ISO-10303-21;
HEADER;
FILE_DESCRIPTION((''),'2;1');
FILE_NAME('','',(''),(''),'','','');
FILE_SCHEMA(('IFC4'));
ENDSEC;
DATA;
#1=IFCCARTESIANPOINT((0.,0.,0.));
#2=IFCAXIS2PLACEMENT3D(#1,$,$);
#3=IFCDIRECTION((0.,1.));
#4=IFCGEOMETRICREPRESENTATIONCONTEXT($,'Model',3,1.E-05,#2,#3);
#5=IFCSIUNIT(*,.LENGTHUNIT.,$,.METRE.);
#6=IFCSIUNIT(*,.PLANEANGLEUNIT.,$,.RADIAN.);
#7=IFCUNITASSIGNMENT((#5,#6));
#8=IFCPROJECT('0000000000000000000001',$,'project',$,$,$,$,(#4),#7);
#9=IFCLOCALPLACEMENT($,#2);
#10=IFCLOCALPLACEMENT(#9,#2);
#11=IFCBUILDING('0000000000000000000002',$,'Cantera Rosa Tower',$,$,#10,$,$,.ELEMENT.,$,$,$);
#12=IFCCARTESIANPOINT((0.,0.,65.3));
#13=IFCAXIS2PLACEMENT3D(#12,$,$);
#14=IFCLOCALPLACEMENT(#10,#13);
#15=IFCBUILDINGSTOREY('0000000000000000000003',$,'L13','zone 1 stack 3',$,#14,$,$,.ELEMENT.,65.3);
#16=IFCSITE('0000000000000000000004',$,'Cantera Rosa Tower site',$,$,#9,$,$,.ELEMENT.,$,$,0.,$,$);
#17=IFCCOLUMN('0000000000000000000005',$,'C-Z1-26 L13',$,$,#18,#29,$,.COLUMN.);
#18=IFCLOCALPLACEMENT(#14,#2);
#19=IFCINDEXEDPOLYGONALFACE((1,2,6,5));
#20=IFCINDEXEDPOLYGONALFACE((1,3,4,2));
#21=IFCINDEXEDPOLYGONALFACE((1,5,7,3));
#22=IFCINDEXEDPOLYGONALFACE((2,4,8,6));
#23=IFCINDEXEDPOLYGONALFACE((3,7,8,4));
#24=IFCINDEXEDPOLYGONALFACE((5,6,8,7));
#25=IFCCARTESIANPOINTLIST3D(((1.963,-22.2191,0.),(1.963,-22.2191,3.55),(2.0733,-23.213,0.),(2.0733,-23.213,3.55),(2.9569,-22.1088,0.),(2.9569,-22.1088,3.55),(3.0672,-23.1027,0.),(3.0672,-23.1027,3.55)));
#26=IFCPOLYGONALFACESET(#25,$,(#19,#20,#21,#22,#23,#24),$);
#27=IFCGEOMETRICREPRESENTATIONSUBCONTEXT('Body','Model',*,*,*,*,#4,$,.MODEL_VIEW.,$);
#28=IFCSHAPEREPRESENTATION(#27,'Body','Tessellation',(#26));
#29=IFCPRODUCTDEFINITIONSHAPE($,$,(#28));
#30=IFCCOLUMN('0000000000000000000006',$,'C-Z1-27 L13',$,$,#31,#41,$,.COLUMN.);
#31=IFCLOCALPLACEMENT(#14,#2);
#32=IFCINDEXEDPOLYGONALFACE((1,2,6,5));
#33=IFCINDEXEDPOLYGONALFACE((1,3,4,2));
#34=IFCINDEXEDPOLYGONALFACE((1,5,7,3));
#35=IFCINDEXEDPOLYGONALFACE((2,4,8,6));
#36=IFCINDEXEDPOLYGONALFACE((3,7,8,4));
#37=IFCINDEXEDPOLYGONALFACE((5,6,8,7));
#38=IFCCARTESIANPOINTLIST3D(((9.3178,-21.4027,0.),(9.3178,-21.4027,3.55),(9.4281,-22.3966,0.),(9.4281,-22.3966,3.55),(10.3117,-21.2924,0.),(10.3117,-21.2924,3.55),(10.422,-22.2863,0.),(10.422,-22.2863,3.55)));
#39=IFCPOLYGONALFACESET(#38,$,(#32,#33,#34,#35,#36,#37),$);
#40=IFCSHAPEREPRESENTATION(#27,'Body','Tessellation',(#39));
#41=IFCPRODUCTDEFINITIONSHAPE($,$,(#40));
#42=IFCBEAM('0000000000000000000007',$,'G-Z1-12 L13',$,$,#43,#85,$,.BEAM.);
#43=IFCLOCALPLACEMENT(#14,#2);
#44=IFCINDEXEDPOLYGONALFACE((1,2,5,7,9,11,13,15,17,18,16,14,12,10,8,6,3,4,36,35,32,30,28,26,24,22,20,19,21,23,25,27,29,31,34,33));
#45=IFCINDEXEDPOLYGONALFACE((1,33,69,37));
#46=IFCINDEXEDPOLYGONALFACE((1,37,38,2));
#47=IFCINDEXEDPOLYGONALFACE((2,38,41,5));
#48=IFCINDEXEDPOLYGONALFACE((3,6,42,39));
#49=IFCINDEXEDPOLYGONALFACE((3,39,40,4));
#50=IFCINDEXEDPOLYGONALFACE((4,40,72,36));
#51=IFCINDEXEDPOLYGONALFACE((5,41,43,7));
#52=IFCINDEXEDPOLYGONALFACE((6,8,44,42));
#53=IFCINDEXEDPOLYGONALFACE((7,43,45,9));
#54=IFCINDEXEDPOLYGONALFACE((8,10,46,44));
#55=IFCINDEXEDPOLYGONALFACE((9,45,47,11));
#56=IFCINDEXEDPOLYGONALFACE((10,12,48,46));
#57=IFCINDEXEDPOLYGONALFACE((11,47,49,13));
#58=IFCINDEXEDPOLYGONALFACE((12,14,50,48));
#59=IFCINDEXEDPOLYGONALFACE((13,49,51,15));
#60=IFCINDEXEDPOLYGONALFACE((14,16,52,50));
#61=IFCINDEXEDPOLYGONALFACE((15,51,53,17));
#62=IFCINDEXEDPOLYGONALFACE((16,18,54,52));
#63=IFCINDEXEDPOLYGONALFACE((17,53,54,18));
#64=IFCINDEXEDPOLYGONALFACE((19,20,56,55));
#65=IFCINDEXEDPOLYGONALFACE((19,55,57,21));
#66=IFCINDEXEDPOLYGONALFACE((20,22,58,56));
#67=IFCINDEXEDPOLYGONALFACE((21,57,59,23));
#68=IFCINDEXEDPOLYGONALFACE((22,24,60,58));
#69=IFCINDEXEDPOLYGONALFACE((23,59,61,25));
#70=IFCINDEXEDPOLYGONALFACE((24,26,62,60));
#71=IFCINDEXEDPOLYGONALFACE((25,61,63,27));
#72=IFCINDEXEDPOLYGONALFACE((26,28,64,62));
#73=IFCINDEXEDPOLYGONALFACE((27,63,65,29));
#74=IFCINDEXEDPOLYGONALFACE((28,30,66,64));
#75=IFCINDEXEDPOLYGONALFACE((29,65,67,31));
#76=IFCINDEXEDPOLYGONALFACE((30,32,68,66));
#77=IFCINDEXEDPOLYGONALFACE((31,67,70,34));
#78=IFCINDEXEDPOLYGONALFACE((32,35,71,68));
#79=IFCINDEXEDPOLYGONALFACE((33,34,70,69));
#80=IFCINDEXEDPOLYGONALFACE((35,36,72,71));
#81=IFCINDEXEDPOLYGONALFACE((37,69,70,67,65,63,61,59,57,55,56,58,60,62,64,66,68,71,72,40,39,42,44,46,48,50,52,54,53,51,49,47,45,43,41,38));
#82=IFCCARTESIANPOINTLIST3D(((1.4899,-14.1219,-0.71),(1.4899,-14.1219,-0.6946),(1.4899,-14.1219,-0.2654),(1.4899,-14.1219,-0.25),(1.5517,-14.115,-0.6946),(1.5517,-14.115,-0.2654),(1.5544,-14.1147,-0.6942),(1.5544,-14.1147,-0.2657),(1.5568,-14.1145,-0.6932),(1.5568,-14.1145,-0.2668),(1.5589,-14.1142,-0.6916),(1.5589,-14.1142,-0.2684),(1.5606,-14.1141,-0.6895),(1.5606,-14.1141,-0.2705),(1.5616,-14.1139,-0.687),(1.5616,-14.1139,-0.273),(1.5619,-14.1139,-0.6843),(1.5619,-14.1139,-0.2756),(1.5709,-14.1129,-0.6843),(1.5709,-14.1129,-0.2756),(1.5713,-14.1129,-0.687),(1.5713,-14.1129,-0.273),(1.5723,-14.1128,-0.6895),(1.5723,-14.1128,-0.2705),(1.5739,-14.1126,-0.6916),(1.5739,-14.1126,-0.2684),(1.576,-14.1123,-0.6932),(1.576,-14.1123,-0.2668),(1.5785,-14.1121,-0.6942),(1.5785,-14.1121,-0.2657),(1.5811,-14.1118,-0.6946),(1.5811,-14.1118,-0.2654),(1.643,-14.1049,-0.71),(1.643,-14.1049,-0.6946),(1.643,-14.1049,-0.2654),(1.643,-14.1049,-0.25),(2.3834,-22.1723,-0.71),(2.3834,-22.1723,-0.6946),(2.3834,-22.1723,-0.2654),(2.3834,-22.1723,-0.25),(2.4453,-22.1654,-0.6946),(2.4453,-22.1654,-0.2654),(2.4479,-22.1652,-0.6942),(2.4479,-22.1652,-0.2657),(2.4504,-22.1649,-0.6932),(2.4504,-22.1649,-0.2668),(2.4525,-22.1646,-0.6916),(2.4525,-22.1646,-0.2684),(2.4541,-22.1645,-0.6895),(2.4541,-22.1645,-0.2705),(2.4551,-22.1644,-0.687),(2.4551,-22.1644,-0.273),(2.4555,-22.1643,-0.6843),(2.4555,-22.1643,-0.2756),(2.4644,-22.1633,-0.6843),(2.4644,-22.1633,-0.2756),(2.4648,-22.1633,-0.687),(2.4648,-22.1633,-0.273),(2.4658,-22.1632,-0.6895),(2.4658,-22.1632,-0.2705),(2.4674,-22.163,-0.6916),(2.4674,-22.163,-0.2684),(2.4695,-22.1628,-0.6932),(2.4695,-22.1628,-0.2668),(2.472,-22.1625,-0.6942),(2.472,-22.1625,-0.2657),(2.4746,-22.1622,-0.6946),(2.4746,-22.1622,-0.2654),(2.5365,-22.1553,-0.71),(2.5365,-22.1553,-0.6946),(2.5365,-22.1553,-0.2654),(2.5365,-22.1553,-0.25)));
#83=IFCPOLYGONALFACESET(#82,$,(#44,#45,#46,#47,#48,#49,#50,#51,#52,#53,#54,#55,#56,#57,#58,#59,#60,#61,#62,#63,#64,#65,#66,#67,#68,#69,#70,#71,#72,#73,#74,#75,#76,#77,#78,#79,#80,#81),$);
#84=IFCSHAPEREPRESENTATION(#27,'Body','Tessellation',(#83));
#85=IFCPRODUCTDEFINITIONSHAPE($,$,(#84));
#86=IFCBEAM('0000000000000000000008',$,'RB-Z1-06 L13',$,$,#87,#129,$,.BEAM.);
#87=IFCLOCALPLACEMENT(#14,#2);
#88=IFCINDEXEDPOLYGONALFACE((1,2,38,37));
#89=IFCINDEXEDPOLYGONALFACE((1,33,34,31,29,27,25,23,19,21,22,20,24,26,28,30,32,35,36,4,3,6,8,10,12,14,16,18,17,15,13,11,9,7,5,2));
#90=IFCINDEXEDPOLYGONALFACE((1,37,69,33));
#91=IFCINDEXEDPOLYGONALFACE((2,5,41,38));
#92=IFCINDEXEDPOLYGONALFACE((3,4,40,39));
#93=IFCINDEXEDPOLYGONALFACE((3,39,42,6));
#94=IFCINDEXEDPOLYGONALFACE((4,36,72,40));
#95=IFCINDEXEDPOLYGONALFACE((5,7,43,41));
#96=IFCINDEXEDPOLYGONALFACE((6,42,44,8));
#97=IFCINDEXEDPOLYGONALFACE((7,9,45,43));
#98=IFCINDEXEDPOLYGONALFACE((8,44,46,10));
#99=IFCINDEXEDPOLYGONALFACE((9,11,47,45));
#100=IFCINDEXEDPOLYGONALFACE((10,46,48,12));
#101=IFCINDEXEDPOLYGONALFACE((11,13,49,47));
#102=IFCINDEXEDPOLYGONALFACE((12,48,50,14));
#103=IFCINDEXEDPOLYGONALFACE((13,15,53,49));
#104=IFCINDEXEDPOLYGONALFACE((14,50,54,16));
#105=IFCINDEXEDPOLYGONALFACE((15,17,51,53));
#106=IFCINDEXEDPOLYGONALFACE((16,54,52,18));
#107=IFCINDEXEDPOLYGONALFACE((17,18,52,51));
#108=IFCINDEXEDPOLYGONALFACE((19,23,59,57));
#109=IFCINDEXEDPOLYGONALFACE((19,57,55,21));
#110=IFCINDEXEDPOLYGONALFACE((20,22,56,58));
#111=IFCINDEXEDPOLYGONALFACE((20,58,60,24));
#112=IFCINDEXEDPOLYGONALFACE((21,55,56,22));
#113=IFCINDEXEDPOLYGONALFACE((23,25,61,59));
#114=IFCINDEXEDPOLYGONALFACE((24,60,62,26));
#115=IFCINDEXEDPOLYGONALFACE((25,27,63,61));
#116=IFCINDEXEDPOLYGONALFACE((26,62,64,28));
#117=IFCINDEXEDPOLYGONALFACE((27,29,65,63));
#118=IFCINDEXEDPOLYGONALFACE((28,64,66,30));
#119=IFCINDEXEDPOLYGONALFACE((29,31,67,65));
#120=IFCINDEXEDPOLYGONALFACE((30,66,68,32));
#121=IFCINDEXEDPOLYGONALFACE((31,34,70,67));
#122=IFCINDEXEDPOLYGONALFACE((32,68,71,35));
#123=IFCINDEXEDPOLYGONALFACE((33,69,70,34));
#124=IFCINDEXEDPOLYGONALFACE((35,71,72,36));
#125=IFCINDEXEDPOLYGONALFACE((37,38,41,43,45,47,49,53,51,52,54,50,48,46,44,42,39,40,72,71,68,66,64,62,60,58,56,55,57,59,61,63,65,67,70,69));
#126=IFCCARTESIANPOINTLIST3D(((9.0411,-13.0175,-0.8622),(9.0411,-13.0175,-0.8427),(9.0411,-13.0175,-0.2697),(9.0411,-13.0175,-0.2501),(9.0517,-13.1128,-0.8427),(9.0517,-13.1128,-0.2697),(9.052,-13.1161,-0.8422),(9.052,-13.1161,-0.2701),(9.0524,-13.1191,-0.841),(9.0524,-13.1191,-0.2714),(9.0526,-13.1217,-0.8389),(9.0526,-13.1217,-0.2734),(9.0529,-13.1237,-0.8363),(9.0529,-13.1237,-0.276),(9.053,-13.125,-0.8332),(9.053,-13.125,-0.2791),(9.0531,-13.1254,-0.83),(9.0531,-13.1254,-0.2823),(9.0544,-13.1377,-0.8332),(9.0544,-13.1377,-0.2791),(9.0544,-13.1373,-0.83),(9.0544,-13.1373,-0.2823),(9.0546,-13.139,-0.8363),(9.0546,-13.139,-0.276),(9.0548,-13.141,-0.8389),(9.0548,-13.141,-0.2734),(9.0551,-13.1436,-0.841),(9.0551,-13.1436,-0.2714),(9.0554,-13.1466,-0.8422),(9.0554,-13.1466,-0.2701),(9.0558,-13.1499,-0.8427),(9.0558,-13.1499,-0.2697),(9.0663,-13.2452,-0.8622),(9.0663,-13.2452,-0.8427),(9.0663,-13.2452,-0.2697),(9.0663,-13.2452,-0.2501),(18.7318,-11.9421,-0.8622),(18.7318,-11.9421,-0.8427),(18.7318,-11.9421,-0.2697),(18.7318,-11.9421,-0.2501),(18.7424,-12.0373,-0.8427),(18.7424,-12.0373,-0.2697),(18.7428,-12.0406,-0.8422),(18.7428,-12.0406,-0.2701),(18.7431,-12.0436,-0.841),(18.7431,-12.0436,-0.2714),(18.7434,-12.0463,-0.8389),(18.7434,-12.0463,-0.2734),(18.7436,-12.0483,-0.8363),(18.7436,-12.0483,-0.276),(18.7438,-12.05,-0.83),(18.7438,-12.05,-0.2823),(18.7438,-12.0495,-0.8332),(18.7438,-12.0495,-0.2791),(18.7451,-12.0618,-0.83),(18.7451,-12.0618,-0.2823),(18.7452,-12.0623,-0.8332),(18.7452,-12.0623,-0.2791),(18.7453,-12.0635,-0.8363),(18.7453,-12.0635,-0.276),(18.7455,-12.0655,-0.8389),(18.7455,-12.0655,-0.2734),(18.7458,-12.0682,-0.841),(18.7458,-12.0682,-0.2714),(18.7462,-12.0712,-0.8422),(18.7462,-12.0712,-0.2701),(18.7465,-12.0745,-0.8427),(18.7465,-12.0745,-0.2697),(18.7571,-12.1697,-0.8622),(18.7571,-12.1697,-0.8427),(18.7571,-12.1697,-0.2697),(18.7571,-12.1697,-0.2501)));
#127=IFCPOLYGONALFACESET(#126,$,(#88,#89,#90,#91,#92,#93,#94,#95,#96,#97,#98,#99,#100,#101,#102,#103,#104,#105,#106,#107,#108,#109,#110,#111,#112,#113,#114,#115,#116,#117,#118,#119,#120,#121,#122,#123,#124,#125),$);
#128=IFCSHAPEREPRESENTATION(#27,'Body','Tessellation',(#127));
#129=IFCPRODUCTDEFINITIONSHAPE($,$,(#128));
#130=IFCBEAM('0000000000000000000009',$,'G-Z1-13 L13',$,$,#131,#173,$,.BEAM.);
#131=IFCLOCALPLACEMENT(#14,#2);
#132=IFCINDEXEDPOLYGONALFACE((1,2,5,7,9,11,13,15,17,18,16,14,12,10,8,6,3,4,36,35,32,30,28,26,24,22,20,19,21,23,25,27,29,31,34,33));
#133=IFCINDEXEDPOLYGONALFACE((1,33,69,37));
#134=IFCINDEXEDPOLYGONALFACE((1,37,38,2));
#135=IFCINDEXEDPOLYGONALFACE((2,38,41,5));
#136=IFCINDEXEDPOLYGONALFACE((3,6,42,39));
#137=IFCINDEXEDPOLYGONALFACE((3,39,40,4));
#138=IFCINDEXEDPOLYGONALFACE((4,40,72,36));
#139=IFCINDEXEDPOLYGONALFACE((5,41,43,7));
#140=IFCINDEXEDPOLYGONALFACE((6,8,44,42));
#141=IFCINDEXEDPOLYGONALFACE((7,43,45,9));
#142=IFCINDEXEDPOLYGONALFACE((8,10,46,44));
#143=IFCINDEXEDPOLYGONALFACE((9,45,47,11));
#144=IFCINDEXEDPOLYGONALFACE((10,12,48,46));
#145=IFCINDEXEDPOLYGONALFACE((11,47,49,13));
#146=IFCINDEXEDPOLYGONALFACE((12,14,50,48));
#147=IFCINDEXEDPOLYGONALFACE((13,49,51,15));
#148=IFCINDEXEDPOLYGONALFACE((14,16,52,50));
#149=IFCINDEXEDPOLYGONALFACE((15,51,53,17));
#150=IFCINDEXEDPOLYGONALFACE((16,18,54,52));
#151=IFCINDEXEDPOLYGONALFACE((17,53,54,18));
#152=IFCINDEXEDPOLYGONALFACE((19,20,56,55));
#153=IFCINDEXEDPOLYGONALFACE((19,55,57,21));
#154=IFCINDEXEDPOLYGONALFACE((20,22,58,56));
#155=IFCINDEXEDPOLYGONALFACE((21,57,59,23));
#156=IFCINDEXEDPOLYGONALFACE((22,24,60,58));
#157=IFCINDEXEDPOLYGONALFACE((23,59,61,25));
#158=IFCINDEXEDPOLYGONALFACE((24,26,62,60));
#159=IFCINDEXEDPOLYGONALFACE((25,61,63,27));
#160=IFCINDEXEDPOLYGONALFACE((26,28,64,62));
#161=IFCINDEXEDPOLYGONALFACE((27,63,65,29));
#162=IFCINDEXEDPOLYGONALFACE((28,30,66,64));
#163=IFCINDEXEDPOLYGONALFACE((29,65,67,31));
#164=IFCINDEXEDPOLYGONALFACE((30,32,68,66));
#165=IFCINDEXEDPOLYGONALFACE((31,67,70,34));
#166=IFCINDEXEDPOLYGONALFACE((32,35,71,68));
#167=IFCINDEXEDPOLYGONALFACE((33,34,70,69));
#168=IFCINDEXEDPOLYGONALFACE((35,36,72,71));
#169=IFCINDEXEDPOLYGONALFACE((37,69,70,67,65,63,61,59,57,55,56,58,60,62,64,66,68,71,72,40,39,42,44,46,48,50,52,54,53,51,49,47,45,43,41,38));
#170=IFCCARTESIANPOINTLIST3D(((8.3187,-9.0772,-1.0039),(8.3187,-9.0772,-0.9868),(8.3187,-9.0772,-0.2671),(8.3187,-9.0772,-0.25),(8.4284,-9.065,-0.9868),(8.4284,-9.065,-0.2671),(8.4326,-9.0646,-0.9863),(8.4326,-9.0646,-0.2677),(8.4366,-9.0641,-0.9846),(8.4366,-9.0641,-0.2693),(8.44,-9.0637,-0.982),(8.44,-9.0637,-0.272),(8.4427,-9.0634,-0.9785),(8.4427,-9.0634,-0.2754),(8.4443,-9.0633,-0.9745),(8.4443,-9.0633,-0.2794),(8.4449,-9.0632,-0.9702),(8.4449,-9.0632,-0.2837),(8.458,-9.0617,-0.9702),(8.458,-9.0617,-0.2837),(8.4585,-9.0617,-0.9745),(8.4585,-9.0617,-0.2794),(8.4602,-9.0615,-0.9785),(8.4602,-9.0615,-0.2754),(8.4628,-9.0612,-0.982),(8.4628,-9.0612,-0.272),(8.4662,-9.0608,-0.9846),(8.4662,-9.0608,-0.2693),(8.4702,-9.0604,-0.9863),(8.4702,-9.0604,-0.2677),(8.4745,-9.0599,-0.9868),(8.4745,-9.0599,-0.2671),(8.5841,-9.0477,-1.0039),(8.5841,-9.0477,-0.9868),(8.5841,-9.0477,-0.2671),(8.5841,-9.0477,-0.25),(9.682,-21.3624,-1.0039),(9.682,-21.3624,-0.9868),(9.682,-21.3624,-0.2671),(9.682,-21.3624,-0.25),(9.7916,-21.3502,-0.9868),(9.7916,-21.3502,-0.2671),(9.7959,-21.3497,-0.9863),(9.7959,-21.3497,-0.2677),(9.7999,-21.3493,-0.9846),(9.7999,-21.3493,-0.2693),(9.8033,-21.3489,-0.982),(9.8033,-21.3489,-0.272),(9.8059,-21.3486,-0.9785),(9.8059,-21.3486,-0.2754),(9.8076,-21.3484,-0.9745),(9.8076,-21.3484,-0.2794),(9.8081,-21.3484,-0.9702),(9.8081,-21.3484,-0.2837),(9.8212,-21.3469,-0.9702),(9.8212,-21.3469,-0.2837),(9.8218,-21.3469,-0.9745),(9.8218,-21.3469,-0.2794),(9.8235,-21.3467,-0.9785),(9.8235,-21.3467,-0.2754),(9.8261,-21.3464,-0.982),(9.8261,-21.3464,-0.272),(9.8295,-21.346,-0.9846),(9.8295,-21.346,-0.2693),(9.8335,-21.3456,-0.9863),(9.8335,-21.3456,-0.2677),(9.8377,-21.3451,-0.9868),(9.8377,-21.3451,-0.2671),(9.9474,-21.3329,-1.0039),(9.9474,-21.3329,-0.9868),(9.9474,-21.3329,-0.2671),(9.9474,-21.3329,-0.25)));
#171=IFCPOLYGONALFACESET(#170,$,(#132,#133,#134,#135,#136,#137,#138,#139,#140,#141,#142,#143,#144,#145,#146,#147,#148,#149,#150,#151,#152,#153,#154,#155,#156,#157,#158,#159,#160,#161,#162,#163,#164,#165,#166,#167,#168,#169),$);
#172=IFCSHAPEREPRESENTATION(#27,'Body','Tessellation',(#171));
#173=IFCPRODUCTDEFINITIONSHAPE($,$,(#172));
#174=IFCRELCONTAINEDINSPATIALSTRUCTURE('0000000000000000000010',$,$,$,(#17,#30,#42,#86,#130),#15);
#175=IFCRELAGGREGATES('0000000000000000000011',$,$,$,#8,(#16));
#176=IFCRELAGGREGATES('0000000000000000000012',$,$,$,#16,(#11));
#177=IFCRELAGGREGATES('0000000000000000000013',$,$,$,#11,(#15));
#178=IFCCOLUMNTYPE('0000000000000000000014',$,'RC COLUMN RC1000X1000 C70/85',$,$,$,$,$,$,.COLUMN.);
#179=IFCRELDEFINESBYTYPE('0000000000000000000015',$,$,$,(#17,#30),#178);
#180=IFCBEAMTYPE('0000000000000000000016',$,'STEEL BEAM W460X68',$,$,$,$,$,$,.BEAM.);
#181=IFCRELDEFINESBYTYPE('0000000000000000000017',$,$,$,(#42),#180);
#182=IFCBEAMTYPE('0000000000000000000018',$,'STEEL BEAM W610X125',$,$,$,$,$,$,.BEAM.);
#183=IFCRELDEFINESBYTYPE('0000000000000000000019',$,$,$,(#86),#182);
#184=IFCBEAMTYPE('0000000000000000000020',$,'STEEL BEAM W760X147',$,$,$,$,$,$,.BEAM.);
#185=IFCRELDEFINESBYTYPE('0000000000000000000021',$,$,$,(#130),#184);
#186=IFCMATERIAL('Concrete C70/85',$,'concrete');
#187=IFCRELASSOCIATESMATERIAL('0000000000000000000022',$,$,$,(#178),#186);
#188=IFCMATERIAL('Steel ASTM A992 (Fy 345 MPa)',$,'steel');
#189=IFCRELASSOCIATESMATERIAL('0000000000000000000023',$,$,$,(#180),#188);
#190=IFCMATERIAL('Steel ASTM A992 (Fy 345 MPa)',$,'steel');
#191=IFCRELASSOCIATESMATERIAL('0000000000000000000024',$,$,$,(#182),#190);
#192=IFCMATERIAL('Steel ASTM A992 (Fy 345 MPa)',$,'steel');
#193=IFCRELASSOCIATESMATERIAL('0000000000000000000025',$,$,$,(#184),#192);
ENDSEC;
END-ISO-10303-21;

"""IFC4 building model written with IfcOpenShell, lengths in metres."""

from ifc_helpers import new_model, si_unit, direction, frame, origin, origin_2d, place, context, subcontext, project, spatial, rectangle, i_section, extrude, material, material_profile, profile_set, type_object, element, save


model = new_model("IFC4")

# Units and contexts
model_context = context("Model", 3, precision=1e-05, world=origin(), true_north=direction((0.0, 1.0)))
body_context = subcontext(model_context, "Body", "Model", "MODEL_VIEW")
ifc_project = project(units=[si_unit("LENGTHUNIT", "METRE"), si_unit("PLANEANGLEUNIT", "RADIAN")], contexts=[model_context])

# Site, building, storey
site_placement = place(None, origin())
site = spatial("IfcSite", under=ifc_project, at=site_placement, Name="Cantera Rosa Tower site", CompositionType="ELEMENT", RefElevation=0.0)
building_placement = place(site_placement, origin())
building = spatial("IfcBuilding", under=site, at=building_placement, Name="Cantera Rosa Tower", CompositionType="ELEMENT")
storey_placement = place(building_placement, frame((0.0, 0.0, 65.3)))
storey = spatial("IfcBuildingStorey", under=building, at=storey_placement, Name="L13", Description="zone 1 stack 3", CompositionType="ELEMENT", Elevation=65.3)

# Columns
ifc_material_1 = material(Name="Concrete C70/85", Category="concrete")
ifc_material_profile_1 = material_profile(ifc_material_1, rectangle(XDim=1.0, YDim=1.0, at=origin_2d()), Name="RC COLUMN RC1000X1000 C70/85")
ifc_profile_set_1 = profile_set([ifc_material_profile_1], Name="Concrete C70/85")
column_type = type_object("IfcColumnType", Name="RC COLUMN RC1000X1000 C70/85", PredefinedType="COLUMN", material=ifc_profile_set_1)
for number, where, z_axis, x_axis, name in (
    (1, (2.5151, -22.6609, 0.0), (0.0, 0.0, 1.0), (0.993897, 0.110313, 0.0), "C-Z1-26 L13"),
    (2, (9.8699, -21.8445, 0.0), (0.0, 0.0, 1.0), (0.993897, 0.110313, 0.0), "C-Z1-27 L13"),
):
    element("IfcColumn", number, at=place(storey_placement, frame(where, z_axis=z_axis, x_axis=x_axis)), inside=storey, type_object=column_type, Name=name, PredefinedType="COLUMN", context=body_context, shape_type="SweptSolid", body=[
        extrude(rectangle(XDim=1.0, YDim=1.0, at=origin_2d()), origin(), (0.0, 0.0, 1.0), 3.55),
    ])

# Beams
ifc_material_2 = material(Name="Steel ASTM A992 (Fy 345 MPa)", Category="steel")
ifc_material_profile_2 = material_profile(ifc_material_2, i_section(OverallWidth=0.1541, OverallDepth=0.46, WebThickness=0.009, FlangeThickness=0.0154, FilletRadius=0.0103, at=origin_2d()), Name="W460X68")
ifc_profile_set_2 = profile_set([ifc_material_profile_2], Name="Steel ASTM A992 (Fy 345 MPa)")
beam_type_1 = type_object("IfcBeamType", Name="STEEL BEAM W460X68", PredefinedType="BEAM", material=ifc_profile_set_2)
beam_1_placement = place(storey_placement, frame((2.46, -22.1638, -0.48), z_axis=(-0.110316, 0.993897, 0.0), x_axis=(-0.993897, -0.110316, 0.0)))
element("IfcBeam", 3, at=beam_1_placement, inside=storey, type_object=beam_type_1, Name="G-Z1-12 L13", PredefinedType="BEAM", context=body_context, shape_type="SweptSolid", body=[
    extrude(i_section(OverallWidth=0.1541, OverallDepth=0.46, WebThickness=0.009, FlangeThickness=0.0154, FilletRadius=0.0103, at=origin_2d()), origin(), (0.0, 0.0, 1.0), 8.0999),
])
ifc_material_3 = material(Name="Steel ASTM A992 (Fy 345 MPa)", Category="steel")
ifc_material_profile_3 = material_profile(ifc_material_3, i_section(OverallWidth=0.229, OverallDepth=0.6121, WebThickness=0.012, FlangeThickness=0.0195, FilletRadius=0.0127, at=origin_2d()), Name="W610X125")
ifc_profile_set_3 = profile_set([ifc_material_profile_3], Name="Steel ASTM A992 (Fy 345 MPa)")
beam_type_2 = type_object("IfcBeamType", Name="STEEL BEAM W610X125", PredefinedType="BEAM", material=ifc_profile_set_3)
beam_2_placement = place(storey_placement, frame((9.0537, -13.1313, -0.5562), z_axis=(0.993898, 0.1103, 0.0), x_axis=(-0.1103, 0.993898, 0.0)))
element("IfcBeam", 4, at=beam_2_placement, inside=storey, type_object=beam_type_2, Name="RB-Z1-06 L13", PredefinedType="BEAM", context=body_context, shape_type="SweptSolid", body=[
    extrude(i_section(OverallWidth=0.229, OverallDepth=0.6121, WebThickness=0.012, FlangeThickness=0.0195, FilletRadius=0.0127, at=origin_2d()), origin(), (0.0, 0.0, 1.0), 9.7502),
])
ifc_material_4 = material(Name="Steel ASTM A992 (Fy 345 MPa)", Category="steel")
ifc_material_profile_4 = material_profile(ifc_material_4, i_section(OverallWidth=0.2671, OverallDepth=0.7539, WebThickness=0.0132, FlangeThickness=0.0171, FilletRadius=0.0166, at=origin_2d()), Name="W760X147")
ifc_profile_set_4 = profile_set([ifc_material_profile_4], Name="Steel ASTM A992 (Fy 345 MPa)")
beam_type_3 = type_object("IfcBeamType", Name="STEEL BEAM W760X147", PredefinedType="BEAM", material=ifc_profile_set_4)
beam_3_placement = place(storey_placement, frame((9.8147, -21.3477, -0.627), z_axis=(-0.110293, 0.993899, 0.0), x_axis=(-0.993899, -0.110293, 0.0)))
element("IfcBeam", 5, at=beam_3_placement, inside=storey, type_object=beam_type_3, Name="G-Z1-13 L13", PredefinedType="BEAM", context=body_context, shape_type="SweptSolid", body=[
    extrude(i_section(OverallWidth=0.2671, OverallDepth=0.7539, WebThickness=0.0132, FlangeThickness=0.0171, FilletRadius=0.0166, at=origin_2d()), origin(), (0.0, 0.0, 1.0), 12.3606),
])

save(model, "model.ifc")
